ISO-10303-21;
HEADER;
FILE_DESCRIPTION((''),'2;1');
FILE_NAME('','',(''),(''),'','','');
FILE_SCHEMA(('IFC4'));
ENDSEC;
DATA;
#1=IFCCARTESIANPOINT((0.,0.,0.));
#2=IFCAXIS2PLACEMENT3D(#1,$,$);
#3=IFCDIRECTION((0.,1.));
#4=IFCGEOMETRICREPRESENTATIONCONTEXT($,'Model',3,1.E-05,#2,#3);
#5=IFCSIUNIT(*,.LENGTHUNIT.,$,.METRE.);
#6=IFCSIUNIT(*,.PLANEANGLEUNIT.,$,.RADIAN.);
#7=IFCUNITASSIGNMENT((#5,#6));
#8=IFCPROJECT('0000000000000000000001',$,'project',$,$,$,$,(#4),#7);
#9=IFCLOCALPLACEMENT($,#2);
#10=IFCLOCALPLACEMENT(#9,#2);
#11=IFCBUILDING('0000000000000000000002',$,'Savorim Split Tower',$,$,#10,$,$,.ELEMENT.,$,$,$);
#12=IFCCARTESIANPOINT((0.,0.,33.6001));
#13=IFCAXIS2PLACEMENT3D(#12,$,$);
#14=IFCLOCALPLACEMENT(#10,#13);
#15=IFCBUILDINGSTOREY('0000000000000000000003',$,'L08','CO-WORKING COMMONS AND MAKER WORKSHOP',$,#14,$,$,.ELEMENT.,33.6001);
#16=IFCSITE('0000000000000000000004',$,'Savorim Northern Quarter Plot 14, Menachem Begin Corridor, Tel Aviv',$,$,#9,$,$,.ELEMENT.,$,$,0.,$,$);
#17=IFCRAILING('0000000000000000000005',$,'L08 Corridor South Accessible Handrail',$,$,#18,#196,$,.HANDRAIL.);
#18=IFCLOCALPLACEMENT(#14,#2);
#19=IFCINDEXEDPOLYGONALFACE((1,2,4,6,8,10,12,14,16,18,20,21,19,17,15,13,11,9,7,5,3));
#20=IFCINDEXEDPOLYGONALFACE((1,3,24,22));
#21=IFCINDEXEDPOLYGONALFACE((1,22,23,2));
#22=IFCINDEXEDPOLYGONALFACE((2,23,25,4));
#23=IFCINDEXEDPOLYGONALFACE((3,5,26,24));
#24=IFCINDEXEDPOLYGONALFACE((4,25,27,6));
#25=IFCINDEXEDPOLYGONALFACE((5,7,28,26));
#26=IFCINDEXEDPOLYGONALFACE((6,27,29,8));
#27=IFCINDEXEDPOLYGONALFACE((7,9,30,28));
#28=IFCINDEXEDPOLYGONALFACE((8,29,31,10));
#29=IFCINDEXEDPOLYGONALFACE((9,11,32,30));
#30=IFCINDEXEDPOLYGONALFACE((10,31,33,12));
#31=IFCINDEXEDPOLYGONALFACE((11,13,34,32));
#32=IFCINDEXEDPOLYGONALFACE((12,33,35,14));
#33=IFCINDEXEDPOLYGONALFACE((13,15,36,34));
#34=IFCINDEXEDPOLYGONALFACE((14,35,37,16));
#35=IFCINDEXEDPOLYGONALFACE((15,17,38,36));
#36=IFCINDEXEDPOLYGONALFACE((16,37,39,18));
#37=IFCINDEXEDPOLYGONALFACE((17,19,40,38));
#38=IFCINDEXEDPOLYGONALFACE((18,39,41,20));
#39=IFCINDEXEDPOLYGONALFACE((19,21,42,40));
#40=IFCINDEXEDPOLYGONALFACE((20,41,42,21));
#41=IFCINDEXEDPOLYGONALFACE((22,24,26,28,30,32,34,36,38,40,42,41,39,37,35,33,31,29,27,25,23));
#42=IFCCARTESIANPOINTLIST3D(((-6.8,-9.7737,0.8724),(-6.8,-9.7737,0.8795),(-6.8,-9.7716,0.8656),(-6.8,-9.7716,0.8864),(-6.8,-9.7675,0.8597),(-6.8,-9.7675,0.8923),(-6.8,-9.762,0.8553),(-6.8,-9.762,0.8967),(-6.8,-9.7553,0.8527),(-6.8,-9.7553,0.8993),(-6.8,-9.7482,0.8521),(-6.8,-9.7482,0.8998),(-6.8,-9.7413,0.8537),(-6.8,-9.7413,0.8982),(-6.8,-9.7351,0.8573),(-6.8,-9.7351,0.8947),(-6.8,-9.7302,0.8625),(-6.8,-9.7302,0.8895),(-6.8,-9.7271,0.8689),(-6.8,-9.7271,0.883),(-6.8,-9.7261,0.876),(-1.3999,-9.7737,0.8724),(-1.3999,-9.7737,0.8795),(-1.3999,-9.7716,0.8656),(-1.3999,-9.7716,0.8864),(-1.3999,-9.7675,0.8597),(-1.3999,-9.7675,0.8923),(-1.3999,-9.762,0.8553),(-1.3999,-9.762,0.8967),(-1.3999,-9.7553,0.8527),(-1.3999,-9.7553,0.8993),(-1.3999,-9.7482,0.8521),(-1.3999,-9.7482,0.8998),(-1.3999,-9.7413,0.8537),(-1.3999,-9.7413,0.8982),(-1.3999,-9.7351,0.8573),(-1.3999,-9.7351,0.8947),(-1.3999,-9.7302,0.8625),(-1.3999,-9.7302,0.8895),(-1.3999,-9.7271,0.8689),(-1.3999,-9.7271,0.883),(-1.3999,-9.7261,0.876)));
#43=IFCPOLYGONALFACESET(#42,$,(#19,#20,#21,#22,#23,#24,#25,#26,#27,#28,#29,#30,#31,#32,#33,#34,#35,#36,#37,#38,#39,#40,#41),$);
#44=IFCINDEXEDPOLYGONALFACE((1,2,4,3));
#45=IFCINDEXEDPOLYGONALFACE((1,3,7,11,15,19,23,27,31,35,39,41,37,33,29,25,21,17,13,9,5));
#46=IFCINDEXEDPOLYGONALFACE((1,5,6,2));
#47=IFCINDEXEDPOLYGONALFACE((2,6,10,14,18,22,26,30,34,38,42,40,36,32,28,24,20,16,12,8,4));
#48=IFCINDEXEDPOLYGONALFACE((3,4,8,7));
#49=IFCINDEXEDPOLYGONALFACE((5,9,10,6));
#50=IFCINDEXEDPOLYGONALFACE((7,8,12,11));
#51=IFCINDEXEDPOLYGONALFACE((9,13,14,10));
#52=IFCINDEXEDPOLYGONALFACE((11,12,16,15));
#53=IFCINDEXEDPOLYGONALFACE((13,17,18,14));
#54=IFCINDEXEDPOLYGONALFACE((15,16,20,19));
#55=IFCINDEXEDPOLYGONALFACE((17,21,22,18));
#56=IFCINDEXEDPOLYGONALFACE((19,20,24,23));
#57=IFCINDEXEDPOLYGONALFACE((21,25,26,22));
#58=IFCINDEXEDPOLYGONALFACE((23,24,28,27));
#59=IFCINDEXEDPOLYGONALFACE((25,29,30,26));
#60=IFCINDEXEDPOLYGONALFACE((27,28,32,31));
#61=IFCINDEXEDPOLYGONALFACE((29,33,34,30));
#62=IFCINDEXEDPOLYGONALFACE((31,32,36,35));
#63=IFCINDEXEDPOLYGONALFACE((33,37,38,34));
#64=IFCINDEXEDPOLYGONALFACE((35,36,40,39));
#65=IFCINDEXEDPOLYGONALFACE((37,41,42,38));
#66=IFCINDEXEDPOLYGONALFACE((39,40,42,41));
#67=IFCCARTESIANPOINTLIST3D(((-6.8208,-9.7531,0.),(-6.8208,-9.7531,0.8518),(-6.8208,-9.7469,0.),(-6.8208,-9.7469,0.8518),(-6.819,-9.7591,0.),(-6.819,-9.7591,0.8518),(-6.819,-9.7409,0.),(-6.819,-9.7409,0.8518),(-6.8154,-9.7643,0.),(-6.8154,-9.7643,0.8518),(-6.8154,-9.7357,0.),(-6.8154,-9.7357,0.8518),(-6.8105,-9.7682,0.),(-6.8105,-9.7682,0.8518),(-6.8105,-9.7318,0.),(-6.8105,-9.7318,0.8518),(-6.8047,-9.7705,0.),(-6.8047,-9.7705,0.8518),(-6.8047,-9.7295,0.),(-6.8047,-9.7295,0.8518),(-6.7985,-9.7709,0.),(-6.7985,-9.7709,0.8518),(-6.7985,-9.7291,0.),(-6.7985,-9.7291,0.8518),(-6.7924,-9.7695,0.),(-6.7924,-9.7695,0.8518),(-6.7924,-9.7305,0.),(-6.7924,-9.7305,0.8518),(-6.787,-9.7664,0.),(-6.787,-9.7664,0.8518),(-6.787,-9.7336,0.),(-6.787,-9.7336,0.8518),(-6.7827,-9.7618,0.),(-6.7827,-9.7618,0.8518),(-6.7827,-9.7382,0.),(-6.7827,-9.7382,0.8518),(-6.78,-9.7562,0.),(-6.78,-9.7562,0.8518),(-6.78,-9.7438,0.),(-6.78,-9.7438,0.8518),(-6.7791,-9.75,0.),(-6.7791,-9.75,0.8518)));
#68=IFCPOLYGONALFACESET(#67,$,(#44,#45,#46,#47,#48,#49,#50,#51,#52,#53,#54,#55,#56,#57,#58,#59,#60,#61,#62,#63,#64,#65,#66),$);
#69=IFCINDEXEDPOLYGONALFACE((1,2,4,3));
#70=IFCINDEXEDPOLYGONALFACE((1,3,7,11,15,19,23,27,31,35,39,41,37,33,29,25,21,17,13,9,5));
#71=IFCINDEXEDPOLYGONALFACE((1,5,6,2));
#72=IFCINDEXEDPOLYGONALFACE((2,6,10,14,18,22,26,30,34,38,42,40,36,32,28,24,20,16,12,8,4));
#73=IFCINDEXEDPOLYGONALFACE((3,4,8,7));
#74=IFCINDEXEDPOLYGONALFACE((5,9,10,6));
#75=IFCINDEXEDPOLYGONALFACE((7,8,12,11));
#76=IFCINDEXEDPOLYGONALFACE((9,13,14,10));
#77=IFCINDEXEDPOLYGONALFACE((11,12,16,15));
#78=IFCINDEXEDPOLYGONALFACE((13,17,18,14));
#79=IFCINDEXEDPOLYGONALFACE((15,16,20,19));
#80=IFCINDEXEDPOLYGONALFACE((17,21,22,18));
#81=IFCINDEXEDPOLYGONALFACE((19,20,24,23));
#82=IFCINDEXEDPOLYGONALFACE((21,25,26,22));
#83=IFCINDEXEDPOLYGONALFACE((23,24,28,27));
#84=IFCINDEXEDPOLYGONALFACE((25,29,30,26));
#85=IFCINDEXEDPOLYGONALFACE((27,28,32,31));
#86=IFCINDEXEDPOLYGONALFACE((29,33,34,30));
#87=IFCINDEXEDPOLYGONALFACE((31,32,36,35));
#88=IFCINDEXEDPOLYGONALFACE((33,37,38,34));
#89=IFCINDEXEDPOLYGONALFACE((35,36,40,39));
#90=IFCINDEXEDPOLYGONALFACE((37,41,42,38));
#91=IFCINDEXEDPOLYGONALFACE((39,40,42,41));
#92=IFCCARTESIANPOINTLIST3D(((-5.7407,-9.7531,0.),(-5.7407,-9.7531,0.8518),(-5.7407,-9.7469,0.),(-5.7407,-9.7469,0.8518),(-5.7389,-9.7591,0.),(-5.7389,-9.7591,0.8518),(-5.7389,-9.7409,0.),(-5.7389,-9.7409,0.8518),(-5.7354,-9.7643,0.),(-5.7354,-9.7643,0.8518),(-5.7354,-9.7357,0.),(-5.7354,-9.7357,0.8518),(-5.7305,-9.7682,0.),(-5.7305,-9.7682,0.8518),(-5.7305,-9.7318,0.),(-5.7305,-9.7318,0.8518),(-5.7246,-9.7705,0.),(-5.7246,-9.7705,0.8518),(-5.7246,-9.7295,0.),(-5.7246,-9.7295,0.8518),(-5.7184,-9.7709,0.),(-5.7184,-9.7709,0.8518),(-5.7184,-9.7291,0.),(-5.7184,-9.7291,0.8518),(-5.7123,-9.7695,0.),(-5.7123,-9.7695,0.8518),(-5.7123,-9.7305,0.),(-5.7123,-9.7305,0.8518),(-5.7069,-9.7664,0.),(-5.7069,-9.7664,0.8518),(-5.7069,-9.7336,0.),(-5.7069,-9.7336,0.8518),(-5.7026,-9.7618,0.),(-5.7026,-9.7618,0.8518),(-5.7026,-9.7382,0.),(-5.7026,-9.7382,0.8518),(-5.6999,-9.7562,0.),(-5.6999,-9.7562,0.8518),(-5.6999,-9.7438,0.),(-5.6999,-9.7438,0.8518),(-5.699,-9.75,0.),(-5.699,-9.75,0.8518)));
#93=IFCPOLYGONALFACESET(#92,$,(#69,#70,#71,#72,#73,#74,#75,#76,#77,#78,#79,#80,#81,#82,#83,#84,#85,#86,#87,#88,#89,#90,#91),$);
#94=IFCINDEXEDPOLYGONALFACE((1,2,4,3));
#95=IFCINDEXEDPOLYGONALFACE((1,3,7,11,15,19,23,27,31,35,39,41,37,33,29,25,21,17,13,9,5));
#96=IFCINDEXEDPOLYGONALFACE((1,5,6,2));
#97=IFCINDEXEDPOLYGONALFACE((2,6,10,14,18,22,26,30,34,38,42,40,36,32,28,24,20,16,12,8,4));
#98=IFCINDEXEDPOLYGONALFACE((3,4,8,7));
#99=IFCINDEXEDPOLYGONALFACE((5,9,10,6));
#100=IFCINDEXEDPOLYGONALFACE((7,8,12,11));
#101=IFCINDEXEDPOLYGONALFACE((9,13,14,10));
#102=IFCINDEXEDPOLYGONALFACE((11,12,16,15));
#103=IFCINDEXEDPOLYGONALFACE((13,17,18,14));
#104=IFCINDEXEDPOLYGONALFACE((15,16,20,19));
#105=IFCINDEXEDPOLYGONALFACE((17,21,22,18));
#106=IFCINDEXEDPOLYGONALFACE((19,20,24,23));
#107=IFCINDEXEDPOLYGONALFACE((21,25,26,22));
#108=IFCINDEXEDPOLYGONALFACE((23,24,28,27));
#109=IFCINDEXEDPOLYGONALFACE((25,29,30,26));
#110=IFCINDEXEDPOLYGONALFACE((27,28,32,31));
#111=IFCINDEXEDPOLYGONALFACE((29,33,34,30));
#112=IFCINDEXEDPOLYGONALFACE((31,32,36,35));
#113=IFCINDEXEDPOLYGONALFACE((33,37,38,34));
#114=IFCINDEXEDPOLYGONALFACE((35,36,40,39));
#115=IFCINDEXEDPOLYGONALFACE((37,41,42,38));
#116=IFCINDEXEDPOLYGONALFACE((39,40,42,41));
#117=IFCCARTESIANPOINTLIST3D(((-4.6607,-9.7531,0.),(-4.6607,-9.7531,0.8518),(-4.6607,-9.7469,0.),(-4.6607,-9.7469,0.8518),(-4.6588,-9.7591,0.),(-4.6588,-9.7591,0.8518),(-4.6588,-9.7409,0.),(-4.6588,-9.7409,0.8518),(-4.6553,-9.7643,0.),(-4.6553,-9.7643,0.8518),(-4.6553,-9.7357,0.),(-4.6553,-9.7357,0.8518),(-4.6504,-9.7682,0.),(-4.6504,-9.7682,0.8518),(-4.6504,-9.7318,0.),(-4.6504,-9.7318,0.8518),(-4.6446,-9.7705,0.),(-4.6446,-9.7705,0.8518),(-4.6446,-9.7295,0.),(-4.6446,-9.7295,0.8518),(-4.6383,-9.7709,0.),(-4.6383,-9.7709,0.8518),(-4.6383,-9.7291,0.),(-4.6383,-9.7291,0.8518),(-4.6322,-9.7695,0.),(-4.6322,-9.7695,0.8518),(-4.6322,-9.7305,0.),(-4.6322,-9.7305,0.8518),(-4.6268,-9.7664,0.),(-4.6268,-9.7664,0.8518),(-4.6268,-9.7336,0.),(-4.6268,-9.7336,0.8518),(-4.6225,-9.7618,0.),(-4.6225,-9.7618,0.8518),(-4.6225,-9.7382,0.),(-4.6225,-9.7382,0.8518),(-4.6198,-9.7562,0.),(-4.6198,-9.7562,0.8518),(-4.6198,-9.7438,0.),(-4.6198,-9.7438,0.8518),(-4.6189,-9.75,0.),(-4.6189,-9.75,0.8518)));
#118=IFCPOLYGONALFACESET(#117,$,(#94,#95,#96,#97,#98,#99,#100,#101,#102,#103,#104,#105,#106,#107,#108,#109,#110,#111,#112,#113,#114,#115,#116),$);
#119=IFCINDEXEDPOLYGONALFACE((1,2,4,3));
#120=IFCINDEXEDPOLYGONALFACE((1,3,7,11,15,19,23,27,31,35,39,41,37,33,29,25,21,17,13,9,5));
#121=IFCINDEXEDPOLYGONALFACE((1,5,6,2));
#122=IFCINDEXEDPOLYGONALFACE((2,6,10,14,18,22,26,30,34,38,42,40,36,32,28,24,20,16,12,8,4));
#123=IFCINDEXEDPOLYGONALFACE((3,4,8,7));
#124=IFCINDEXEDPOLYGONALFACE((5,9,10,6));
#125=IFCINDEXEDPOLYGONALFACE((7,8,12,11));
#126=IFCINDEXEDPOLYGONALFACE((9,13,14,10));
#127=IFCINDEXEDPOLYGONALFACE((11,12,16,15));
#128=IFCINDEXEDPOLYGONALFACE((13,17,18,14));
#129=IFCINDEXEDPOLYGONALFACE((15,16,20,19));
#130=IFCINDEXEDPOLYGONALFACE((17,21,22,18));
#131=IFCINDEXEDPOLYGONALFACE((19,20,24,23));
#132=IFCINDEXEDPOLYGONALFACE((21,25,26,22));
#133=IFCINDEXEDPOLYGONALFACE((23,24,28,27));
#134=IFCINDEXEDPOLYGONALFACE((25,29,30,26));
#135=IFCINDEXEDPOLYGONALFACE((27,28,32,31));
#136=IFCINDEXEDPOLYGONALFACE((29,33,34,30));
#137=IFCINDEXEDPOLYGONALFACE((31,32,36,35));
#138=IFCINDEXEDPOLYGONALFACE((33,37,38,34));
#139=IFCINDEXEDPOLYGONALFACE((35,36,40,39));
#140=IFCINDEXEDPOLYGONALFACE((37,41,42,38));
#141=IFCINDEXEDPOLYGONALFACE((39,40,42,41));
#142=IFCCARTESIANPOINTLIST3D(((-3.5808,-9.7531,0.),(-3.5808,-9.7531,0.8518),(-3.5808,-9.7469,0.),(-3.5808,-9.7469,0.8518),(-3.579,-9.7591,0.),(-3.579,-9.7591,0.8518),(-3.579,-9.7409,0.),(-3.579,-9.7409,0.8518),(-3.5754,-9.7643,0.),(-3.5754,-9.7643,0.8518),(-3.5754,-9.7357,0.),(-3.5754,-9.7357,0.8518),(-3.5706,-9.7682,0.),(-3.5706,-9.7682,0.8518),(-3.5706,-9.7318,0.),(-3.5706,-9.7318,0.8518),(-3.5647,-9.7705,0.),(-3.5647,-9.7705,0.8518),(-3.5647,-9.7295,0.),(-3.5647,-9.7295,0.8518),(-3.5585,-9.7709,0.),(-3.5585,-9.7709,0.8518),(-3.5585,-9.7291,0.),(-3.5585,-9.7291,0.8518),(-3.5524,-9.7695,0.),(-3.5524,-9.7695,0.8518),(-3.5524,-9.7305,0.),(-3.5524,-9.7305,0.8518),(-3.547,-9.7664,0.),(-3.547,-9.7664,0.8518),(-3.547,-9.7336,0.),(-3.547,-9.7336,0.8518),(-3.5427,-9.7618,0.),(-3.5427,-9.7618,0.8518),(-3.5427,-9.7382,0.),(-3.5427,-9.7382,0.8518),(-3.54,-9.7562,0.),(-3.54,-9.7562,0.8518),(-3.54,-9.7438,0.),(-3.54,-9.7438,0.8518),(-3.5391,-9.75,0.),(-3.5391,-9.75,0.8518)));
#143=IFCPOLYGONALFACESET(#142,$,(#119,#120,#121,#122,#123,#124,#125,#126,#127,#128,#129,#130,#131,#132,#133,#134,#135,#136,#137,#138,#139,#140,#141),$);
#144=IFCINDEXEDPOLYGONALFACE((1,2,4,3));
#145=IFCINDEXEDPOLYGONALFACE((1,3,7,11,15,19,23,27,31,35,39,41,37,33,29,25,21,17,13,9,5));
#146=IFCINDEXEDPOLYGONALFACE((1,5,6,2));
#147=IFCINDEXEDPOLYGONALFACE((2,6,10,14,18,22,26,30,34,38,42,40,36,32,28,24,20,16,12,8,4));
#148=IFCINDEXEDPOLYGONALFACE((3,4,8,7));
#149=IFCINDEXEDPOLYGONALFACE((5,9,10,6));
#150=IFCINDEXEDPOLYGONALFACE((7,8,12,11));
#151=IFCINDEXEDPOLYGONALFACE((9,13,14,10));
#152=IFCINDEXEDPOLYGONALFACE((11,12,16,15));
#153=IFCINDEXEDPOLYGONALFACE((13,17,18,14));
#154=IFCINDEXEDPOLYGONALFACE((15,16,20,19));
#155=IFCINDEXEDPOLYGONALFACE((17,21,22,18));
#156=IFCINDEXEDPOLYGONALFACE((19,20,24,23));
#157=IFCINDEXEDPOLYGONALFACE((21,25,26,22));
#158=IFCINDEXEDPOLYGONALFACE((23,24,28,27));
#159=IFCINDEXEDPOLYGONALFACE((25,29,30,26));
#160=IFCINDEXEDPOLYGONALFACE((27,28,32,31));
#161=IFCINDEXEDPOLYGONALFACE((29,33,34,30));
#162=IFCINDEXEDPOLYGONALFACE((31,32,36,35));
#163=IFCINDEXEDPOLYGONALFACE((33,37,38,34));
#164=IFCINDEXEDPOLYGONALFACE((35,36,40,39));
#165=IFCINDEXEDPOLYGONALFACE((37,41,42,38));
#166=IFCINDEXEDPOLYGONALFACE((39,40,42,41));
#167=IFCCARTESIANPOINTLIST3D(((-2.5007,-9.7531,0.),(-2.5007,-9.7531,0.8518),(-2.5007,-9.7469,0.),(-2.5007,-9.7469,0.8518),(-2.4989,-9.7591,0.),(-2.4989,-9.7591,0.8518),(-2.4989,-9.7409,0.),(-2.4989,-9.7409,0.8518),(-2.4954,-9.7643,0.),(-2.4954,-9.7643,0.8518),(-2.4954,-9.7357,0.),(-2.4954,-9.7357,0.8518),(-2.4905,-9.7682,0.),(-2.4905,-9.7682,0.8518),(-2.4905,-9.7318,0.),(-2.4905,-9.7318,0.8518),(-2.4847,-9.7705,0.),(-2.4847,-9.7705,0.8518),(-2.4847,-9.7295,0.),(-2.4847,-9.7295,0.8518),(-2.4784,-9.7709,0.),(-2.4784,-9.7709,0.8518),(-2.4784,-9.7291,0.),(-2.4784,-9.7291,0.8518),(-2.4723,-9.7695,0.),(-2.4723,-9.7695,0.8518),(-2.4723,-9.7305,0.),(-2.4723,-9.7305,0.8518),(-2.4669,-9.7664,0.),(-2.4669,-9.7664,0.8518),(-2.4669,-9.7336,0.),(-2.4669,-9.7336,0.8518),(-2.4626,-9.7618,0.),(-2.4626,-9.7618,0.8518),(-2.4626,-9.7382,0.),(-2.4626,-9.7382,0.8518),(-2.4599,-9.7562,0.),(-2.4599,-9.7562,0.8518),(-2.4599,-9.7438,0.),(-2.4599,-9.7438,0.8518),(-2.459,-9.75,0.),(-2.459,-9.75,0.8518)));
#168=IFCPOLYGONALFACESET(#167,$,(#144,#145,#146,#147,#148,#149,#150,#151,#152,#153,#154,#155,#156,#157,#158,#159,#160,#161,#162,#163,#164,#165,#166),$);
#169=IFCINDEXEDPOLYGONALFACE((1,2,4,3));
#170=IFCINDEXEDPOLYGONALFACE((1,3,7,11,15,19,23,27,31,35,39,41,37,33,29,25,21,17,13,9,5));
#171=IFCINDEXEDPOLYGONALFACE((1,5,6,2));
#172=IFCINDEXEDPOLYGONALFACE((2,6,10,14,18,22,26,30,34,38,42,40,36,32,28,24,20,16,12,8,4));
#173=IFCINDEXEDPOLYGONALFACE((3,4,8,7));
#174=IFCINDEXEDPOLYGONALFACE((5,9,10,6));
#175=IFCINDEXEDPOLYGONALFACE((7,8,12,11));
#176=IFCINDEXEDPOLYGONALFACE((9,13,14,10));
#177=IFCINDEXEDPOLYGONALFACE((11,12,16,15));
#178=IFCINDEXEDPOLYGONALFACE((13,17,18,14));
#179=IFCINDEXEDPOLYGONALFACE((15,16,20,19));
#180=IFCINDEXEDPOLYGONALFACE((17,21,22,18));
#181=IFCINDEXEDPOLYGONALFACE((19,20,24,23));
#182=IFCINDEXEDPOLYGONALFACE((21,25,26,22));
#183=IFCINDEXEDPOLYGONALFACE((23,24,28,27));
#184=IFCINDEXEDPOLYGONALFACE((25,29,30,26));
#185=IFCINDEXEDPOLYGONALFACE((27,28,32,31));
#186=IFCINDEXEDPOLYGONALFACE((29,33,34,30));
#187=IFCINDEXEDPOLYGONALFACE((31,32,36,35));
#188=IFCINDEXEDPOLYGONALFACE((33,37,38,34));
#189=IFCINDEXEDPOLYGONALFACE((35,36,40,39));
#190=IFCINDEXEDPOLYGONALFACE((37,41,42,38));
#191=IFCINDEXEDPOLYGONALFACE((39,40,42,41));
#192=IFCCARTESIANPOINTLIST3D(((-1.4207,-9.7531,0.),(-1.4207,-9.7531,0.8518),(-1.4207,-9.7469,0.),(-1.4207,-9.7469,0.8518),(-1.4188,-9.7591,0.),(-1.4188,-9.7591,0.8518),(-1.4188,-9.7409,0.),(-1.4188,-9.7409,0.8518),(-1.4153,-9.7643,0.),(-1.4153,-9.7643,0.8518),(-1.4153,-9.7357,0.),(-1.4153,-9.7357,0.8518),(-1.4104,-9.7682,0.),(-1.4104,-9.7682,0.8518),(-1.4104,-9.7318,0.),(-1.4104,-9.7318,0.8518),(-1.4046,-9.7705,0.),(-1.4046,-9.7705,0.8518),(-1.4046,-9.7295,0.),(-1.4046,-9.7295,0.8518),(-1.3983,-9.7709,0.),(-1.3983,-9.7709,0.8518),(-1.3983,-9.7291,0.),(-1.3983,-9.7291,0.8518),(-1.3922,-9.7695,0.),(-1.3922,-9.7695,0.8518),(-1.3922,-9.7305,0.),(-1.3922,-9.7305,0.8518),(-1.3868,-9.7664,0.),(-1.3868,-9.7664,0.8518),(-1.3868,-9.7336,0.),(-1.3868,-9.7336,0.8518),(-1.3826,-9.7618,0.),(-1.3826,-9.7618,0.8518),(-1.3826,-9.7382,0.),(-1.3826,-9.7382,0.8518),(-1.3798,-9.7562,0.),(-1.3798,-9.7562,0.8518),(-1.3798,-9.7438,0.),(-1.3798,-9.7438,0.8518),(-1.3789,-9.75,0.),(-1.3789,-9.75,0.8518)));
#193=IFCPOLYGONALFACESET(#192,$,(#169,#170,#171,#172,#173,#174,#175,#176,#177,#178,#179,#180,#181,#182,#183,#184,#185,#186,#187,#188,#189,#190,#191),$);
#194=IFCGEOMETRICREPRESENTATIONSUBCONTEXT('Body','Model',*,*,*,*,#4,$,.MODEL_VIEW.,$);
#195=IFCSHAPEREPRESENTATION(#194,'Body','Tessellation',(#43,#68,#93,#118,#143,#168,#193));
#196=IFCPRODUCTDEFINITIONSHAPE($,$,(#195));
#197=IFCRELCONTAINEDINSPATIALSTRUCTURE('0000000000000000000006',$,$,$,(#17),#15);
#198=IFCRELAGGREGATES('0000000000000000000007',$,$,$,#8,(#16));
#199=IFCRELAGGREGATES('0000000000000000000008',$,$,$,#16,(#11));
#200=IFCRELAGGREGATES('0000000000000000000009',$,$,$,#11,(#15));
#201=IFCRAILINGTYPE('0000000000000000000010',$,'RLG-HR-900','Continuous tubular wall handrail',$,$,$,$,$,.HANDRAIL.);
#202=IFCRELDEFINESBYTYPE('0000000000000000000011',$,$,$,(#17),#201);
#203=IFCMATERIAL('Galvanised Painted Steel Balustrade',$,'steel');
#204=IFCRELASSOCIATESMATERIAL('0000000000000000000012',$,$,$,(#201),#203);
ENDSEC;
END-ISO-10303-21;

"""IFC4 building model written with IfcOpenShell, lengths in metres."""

from ifc_helpers import new_model, si_unit, direction, frame, origin, origin_2d, place, context, subcontext, project, spatial, circle, extrude, material, type_object, element, save


model = new_model("IFC4")

# Units and contexts
model_context = context("Model", 3, precision=1e-05, world=origin(), true_north=direction((0.0, 1.0)))
body_context = subcontext(model_context, "Body", "Model", "MODEL_VIEW")
ifc_project = project(units=[si_unit("LENGTHUNIT", "METRE"), si_unit("PLANEANGLEUNIT", "RADIAN")], contexts=[model_context])

# Site, building, storey
site_placement = place(None, origin())
site = spatial("IfcSite", under=ifc_project, at=site_placement, Name="Savorim Northern Quarter Plot 14, Menachem Begin Corridor, Tel Aviv", CompositionType="ELEMENT", RefElevation=0.0)
building_placement = place(site_placement, origin())
building = spatial("IfcBuilding", under=site, at=building_placement, Name="Savorim Split Tower", CompositionType="ELEMENT")
storey_placement = place(building_placement, frame((0.0, 0.0, 33.6001)))
storey = spatial("IfcBuildingStorey", under=building, at=storey_placement, Name="L08", Description="CO-WORKING COMMONS AND MAKER WORKSHOP", CompositionType="ELEMENT", Elevation=33.6001)

# Railing
ifc_material_1 = material(Name="Galvanised Painted Steel Balustrade", Category="steel")
railing_type_1 = type_object("IfcRailingType", Name="RLG-HR-900", Description="Continuous tubular wall handrail", PredefinedType="HANDRAIL", material=ifc_material_1)
railing_1_placement = place(storey_placement, frame((-6.8, -9.75, 0.0)))
element("IfcRailing", 1, at=railing_1_placement, inside=storey, type_object=railing_type_1, Name="L08 Corridor South Accessible Handrail", PredefinedType="HANDRAIL", context=body_context, shape_type="SweptSolid", body=[
    extrude(circle(Radius=0.0239, at=origin_2d()), frame((0.0, 0.0, 0.876), z_axis=(1.0, 0.0, 0.0), x_axis=(0.0, 1.0, 0.0)), (0.0, 0.0, 1.0), 5.4001),
    extrude(circle(Radius=0.021, at=origin_2d()), origin(), (0.0, 0.0, 1.0), 0.8518),
    extrude(circle(Radius=0.021, at=origin_2d()), frame((1.0801, 0.0, 0.0)), (0.0, 0.0, 1.0), 0.8518),
    extrude(circle(Radius=0.021, at=origin_2d()), frame((2.1602, 0.0, 0.0)), (0.0, 0.0, 1.0), 0.8518),
    extrude(circle(Radius=0.021, at=origin_2d()), frame((3.24, 0.0, 0.0)), (0.0, 0.0, 1.0), 0.8518),
    extrude(circle(Radius=0.021, at=origin_2d()), frame((4.3201, 0.0, 0.0)), (0.0, 0.0, 1.0), 0.8518),
    extrude(circle(Radius=0.021, at=origin_2d()), frame((5.4001, 0.0, 0.0)), (0.0, 0.0, 1.0), 0.8518),
])

save(model, "model.ifc")
